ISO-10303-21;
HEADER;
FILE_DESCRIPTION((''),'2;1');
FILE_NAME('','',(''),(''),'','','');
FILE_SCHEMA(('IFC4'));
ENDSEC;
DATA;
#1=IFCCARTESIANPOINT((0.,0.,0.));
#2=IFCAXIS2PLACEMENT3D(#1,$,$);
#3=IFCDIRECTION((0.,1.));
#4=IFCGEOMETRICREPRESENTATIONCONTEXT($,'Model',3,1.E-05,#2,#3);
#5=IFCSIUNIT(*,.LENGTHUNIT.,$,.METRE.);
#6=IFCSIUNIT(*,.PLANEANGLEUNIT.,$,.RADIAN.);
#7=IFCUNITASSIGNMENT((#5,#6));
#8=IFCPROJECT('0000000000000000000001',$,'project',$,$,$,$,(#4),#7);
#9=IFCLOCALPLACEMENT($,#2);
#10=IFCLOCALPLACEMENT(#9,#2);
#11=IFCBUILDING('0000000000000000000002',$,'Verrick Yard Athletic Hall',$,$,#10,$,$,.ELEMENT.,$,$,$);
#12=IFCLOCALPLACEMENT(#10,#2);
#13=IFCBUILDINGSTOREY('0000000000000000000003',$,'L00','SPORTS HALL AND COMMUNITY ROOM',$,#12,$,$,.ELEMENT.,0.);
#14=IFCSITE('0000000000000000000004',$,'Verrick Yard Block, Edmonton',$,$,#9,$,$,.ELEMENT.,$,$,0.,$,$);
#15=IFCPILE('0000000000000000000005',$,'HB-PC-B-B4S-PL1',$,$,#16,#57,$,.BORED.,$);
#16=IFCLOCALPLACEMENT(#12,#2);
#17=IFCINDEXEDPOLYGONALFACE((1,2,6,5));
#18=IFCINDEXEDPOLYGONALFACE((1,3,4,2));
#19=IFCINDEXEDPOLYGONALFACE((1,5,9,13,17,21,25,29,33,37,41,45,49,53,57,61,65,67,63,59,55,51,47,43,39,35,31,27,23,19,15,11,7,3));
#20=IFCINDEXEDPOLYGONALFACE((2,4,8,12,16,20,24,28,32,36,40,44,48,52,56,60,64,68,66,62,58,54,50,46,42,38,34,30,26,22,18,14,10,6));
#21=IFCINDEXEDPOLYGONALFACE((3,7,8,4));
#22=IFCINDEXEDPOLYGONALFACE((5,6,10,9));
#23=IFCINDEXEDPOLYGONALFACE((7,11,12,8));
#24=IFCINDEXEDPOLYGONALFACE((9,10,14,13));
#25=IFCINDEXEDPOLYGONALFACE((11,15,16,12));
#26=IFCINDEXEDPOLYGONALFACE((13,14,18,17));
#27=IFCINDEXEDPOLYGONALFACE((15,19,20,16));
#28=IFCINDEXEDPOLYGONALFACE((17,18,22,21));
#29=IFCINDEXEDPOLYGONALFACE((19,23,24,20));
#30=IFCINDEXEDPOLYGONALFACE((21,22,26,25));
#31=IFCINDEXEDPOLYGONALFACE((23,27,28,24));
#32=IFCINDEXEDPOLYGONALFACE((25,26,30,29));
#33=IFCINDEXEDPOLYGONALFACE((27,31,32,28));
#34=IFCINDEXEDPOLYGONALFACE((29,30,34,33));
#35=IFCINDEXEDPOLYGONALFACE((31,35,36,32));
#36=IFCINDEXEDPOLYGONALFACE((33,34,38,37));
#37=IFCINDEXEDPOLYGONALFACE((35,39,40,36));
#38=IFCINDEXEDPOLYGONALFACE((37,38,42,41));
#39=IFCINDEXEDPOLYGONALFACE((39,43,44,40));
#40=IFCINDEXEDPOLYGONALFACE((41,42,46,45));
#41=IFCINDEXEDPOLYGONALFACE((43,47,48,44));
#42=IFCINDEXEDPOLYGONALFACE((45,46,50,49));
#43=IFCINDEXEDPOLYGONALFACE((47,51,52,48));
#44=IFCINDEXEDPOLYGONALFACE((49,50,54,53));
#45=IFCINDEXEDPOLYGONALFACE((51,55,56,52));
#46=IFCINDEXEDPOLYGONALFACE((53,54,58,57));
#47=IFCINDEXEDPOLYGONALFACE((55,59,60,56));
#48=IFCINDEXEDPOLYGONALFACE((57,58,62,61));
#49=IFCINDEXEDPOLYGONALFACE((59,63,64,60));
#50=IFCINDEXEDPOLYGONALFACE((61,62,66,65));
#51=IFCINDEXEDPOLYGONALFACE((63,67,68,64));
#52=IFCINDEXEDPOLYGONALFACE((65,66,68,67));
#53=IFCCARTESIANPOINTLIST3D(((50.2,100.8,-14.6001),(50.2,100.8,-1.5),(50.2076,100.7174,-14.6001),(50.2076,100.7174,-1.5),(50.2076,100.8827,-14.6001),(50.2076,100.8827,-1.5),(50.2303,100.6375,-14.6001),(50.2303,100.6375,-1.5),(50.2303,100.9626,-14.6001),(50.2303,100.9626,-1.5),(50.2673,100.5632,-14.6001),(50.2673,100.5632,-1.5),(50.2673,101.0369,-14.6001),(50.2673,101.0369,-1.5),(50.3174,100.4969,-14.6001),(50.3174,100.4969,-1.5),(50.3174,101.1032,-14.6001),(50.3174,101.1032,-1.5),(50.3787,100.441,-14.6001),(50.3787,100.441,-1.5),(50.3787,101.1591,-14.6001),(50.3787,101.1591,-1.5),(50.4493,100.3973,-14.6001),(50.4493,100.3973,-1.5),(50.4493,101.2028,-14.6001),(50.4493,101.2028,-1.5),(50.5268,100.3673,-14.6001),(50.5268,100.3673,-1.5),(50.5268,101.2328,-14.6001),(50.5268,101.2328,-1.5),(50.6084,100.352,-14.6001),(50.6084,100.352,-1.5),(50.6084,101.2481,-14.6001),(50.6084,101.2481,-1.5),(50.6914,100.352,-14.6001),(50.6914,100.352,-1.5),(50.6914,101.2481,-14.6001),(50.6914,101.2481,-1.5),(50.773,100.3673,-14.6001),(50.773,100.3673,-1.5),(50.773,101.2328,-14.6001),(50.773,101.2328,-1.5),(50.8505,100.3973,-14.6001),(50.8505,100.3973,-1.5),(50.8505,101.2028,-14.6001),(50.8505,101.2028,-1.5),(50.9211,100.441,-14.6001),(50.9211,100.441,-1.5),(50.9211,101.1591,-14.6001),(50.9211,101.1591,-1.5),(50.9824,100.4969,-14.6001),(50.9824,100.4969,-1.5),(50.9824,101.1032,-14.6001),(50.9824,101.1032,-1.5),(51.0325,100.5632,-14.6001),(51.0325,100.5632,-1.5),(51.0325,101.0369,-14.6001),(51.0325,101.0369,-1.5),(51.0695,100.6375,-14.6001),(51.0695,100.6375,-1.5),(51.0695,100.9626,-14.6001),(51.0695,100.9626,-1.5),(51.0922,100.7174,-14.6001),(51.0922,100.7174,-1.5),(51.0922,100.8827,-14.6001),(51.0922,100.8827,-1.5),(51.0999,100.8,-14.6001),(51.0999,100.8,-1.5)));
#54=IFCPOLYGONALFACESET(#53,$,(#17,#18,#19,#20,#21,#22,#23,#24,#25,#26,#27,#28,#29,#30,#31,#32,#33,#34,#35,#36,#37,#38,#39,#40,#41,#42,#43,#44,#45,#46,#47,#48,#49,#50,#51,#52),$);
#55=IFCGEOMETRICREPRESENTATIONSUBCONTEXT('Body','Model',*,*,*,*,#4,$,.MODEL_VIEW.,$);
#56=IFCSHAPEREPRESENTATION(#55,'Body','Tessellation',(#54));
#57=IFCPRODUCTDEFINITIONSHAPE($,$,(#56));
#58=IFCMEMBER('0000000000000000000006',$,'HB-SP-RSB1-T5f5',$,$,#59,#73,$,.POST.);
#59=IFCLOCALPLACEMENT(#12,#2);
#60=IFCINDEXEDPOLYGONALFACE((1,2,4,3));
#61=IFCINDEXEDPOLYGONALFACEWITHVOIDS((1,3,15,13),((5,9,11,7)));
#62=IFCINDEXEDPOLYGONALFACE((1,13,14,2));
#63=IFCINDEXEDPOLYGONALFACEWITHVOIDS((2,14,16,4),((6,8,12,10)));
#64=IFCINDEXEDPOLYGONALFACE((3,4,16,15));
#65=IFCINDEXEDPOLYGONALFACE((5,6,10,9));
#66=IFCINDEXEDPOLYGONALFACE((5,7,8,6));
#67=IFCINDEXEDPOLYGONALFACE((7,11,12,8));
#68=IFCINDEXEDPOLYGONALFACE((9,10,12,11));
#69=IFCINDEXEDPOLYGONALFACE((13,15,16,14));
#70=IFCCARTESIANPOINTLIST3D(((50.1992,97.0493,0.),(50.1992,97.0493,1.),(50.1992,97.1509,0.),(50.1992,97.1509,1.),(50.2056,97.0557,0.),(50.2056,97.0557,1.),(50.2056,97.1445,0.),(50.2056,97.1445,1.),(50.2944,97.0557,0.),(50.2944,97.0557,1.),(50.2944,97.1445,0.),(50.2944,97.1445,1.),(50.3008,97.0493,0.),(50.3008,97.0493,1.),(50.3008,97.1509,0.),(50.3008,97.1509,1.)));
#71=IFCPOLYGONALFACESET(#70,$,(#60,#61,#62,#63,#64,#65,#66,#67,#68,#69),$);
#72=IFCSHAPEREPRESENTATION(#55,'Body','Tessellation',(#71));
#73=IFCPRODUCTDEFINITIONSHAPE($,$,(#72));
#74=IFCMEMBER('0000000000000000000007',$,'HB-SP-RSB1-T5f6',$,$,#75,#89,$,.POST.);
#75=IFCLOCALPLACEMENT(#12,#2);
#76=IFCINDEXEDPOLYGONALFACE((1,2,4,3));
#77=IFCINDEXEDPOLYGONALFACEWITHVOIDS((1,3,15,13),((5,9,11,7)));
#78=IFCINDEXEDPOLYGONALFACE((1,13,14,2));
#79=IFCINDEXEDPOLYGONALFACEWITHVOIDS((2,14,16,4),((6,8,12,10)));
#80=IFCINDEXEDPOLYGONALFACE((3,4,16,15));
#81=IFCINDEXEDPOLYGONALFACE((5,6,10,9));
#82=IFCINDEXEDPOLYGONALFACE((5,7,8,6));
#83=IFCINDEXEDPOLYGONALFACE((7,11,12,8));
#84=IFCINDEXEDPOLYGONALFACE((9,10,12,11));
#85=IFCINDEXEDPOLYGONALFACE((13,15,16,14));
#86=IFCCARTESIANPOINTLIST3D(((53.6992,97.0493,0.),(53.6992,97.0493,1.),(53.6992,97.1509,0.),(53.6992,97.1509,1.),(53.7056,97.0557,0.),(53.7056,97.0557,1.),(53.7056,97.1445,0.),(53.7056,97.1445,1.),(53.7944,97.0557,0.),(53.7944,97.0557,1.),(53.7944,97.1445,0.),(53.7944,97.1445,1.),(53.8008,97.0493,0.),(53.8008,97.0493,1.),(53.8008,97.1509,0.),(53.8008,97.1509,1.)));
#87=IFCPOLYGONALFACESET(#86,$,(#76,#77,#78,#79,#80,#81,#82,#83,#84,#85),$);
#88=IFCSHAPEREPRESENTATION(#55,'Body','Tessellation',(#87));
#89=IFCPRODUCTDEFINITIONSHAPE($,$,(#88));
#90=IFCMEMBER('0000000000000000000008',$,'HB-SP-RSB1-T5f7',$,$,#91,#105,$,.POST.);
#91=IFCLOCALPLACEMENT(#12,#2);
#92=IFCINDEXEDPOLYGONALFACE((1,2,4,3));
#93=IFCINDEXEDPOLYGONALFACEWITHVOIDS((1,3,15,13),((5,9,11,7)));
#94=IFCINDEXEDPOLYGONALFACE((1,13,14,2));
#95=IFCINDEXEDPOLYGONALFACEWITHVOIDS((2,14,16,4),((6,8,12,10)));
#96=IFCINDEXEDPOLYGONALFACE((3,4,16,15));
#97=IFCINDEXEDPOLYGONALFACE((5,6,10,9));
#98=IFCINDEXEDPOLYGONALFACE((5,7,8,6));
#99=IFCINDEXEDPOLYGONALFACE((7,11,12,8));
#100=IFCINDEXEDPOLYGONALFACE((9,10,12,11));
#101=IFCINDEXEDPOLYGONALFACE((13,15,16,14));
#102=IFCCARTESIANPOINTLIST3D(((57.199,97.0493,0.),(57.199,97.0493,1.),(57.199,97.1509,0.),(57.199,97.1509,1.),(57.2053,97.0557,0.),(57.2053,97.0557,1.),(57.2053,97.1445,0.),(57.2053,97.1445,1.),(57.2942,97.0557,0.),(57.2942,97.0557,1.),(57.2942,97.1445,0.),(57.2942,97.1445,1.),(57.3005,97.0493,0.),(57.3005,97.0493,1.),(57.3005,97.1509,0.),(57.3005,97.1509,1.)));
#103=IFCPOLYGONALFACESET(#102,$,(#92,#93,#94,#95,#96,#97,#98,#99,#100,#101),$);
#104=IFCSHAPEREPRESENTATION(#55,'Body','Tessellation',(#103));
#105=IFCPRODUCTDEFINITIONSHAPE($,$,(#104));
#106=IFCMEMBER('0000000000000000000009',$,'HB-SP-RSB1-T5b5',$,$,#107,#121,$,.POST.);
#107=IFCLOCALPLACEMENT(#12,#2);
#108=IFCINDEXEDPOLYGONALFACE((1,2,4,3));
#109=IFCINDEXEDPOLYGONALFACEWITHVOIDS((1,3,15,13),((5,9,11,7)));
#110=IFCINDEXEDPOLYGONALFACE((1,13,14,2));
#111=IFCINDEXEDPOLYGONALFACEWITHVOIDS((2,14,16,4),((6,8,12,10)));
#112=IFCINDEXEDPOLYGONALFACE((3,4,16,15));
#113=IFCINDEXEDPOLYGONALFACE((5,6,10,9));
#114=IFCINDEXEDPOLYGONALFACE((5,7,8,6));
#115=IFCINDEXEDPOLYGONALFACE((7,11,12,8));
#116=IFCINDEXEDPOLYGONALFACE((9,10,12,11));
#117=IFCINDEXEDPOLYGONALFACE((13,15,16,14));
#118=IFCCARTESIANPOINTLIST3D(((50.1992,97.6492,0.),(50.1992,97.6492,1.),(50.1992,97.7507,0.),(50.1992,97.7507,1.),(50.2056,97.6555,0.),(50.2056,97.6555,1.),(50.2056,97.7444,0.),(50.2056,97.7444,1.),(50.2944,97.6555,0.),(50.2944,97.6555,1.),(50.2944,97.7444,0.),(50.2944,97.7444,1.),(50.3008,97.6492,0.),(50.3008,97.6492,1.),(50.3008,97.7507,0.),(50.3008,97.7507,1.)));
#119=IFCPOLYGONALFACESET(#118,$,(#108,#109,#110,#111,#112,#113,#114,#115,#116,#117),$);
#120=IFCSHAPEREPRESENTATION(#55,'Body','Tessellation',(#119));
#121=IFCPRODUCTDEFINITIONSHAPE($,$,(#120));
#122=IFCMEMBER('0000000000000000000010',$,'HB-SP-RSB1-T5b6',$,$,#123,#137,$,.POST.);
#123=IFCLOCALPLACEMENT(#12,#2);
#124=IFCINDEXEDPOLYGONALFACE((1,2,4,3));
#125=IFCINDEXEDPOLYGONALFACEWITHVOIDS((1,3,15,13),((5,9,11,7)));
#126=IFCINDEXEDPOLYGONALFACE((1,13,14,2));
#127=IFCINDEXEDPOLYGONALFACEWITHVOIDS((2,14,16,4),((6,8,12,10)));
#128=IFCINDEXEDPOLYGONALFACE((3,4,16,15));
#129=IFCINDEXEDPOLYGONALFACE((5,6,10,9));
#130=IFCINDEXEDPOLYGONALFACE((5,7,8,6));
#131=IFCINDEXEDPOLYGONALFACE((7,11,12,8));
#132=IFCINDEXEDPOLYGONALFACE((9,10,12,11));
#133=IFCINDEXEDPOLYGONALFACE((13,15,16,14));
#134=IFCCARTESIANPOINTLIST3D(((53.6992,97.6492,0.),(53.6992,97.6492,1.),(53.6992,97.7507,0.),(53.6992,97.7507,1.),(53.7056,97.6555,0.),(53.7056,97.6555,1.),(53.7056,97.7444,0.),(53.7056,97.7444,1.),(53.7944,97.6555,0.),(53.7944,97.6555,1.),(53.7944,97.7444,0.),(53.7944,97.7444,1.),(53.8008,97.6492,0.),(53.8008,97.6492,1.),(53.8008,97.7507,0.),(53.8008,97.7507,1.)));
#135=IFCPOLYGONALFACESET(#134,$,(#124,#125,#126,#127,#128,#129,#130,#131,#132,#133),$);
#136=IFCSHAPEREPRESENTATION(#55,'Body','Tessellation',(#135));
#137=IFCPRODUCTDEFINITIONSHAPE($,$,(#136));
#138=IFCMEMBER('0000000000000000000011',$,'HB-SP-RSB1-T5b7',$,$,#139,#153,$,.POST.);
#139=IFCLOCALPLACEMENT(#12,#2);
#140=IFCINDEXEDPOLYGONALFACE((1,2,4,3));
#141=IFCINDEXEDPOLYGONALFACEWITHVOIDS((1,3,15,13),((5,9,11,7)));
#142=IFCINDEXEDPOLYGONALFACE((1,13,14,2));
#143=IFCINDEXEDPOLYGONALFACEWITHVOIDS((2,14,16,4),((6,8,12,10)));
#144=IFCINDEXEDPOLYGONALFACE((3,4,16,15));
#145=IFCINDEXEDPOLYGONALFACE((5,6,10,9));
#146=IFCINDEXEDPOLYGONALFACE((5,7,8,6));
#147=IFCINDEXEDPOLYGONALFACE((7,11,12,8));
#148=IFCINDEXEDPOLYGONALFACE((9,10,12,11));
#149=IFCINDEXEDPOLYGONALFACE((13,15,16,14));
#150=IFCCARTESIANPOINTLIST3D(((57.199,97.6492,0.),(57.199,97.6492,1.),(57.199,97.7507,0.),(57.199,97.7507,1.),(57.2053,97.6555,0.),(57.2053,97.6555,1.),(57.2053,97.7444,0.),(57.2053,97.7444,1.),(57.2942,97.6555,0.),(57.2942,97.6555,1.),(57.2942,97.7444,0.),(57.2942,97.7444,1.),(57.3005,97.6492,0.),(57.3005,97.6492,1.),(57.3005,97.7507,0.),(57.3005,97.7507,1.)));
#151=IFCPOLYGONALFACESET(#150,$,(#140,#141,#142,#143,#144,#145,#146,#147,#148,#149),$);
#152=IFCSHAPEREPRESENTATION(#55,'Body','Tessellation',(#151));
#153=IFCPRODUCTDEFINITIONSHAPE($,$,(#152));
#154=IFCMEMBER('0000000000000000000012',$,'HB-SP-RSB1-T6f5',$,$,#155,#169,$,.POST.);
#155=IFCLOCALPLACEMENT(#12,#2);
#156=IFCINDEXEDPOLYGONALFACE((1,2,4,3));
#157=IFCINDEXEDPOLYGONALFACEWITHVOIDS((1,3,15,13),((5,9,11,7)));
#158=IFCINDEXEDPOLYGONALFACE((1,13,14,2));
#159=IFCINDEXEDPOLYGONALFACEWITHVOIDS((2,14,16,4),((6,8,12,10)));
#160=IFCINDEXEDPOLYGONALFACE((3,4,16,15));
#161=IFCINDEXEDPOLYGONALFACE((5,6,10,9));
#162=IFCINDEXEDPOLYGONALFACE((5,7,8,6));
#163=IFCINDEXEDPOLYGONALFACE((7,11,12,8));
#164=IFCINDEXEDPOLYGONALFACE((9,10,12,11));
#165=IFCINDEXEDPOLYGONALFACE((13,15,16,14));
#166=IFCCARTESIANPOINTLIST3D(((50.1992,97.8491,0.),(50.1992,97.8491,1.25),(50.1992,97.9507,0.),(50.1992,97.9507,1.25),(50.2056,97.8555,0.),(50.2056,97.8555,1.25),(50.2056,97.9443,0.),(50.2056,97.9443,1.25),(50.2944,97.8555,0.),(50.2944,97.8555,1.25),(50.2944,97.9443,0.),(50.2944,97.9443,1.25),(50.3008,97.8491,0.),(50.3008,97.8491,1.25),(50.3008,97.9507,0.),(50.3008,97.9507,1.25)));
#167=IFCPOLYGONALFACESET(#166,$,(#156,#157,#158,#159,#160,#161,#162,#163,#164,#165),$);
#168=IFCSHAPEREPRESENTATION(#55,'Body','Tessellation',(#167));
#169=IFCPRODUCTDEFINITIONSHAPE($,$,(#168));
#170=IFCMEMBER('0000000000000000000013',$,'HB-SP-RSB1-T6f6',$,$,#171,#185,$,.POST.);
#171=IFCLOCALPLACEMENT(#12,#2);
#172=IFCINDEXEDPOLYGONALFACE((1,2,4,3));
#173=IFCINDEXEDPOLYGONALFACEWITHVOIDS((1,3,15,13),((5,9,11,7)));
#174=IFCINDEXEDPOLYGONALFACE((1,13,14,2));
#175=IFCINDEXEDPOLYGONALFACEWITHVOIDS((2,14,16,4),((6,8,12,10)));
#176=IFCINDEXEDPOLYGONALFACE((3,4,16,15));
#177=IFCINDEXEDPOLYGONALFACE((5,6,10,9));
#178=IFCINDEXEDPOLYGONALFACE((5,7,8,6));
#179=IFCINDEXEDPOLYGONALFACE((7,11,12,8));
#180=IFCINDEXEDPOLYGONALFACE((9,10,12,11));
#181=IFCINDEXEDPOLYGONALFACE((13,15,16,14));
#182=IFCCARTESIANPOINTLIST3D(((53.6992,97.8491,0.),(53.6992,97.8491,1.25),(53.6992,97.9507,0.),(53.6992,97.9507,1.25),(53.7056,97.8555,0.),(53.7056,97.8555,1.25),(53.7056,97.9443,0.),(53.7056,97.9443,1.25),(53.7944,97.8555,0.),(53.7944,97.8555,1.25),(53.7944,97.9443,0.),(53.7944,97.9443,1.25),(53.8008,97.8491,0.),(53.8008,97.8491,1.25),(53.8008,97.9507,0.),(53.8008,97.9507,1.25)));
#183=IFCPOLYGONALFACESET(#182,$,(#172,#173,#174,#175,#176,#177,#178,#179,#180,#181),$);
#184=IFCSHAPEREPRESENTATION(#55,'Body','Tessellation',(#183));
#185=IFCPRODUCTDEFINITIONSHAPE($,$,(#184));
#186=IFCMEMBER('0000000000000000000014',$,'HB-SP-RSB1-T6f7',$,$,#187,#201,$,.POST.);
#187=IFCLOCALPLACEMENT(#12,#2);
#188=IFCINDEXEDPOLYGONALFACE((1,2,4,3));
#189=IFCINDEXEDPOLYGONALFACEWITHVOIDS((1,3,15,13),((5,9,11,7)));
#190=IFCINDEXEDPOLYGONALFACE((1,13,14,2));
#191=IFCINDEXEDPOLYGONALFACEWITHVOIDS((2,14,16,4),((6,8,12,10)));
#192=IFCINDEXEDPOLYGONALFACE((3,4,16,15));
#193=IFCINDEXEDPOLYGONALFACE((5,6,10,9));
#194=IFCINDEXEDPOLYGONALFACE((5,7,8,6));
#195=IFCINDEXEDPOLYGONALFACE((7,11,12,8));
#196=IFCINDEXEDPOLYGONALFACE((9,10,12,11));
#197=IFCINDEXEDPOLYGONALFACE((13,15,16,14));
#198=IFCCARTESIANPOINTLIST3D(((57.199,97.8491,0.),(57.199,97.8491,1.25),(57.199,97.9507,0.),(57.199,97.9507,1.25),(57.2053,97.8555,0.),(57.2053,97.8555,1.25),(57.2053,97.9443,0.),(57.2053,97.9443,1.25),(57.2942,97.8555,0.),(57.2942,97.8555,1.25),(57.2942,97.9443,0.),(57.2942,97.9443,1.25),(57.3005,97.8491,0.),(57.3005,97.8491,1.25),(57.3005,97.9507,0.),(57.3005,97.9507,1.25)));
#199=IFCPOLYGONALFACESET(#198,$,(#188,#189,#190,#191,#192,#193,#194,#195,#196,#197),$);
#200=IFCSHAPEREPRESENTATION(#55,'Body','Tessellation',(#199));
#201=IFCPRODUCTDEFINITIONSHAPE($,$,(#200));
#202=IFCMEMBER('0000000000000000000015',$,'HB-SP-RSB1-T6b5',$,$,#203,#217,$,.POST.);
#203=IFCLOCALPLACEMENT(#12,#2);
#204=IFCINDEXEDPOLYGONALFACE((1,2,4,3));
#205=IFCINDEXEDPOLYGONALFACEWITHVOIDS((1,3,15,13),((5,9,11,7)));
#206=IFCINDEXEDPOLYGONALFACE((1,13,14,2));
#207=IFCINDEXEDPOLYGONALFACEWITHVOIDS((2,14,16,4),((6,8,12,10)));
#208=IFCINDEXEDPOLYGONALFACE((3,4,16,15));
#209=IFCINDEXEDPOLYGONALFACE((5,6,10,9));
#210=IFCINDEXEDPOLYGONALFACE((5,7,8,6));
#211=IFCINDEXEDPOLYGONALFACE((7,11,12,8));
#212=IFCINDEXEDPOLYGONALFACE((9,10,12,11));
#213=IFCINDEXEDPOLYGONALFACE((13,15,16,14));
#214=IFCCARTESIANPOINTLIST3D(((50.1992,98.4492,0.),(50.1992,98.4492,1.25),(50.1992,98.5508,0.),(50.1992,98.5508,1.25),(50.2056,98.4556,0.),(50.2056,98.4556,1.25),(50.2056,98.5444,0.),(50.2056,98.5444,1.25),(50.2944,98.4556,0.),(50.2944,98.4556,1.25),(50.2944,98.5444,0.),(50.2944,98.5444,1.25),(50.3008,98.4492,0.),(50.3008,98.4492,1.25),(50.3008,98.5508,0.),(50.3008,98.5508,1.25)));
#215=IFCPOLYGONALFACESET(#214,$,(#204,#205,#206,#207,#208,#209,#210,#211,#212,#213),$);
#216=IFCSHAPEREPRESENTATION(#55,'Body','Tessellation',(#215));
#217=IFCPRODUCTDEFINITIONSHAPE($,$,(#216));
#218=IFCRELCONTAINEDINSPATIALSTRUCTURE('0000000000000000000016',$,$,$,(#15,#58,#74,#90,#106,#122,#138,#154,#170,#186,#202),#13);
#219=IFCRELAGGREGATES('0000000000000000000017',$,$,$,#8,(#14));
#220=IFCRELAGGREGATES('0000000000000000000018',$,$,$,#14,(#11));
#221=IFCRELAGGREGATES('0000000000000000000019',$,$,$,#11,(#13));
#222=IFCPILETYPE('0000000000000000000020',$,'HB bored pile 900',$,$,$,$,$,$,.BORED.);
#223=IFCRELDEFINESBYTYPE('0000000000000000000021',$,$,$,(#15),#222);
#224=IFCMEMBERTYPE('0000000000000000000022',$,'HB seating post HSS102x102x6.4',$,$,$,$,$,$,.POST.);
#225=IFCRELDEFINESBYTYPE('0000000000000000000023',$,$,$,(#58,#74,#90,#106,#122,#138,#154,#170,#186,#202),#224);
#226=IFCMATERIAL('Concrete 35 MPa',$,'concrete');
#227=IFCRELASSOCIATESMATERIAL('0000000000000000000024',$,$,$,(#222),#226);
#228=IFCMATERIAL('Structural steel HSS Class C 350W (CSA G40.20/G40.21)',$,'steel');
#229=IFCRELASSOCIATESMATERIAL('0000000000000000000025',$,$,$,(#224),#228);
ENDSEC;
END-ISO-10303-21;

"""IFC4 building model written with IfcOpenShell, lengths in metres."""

from ifc_helpers import new_model, si_unit, direction, frame, origin, origin_2d, place, context, subcontext, project, spatial, hollow_rectangle, circle, extrude, material, material_profile, profile_set, type_object, element, save


model = new_model("IFC4")

# Units and contexts
model_context = context("Model", 3, precision=1e-05, world=origin(), true_north=direction((0.0, 1.0)))
body_context = subcontext(model_context, "Body", "Model", "MODEL_VIEW")
ifc_project = project(units=[si_unit("LENGTHUNIT", "METRE"), si_unit("PLANEANGLEUNIT", "RADIAN")], contexts=[model_context])

# Site, building, storey
site_placement = place(None, origin())
site = spatial("IfcSite", under=ifc_project, at=site_placement, Name="Verrick Yard Block, Edmonton", CompositionType="ELEMENT", RefElevation=0.0)
building_placement = place(site_placement, origin())
building = spatial("IfcBuilding", under=site, at=building_placement, Name="Verrick Yard Athletic Hall", CompositionType="ELEMENT")
storey_placement = place(building_placement, origin())
storey = spatial("IfcBuildingStorey", under=building, at=storey_placement, Name="L00", Description="SPORTS HALL AND COMMUNITY ROOM", CompositionType="ELEMENT", Elevation=0.0)

# Pile
ifc_material_1 = material(Name="Concrete 35 MPa", Category="concrete")
ifc_material_profile_1 = material_profile(ifc_material_1, circle(Radius=0.45, at=origin_2d()), Name="Bored pile 900")
ifc_profile_set_1 = profile_set([ifc_material_profile_1], Name="Concrete 35 MPa")
pile_type = type_object("IfcPileType", Name="HB bored pile 900", PredefinedType="BORED", material=ifc_profile_set_1)
pile_placement = place(storey_placement, frame((50.6499, 100.8, -1.5), z_axis=(0.0, 0.0, -1.0), x_axis=(1.0, 0.0, 0.0)))
element("IfcPile", 1, at=pile_placement, inside=storey, type_object=pile_type, Name="HB-PC-B-B4S-PL1", PredefinedType="BORED", context=body_context, shape_type="SweptSolid", body=[
    extrude(circle(Radius=0.45, at=origin_2d()), origin(), (0.0, 0.0, 1.0), 13.1001),
])

# Members
ifc_material_2 = material(Name="Structural steel HSS Class C 350W (CSA G40.20/G40.21)", Category="steel")
ifc_material_profile_2 = material_profile(ifc_material_2, hollow_rectangle(XDim=0.1016, YDim=0.1016, WallThickness=0.0063, at=origin_2d()), Name="HSS102x102x6.4")
ifc_profile_set_2 = profile_set([ifc_material_profile_2], Name="Structural steel HSS Class C 350W (CSA G40.20/G40.21)")
member_type = type_object("IfcMemberType", Name="HB seating post HSS102x102x6.4", PredefinedType="POST", material=ifc_profile_set_2)
for number, where, z_axis, x_axis, name in (
    (2, (50.25, 97.1001, 0.0), (0.0, 0.0, 1.0), (0.0, 1.0, 0.0), "HB-SP-RSB1-T5f5"),
    (3, (53.75, 97.1001, 0.0), (0.0, 0.0, 1.0), (0.0, 1.0, 0.0), "HB-SP-RSB1-T5f6"),
    (4, (57.2498, 97.1001, 0.0), (0.0, 0.0, 1.0), (0.0, 1.0, 0.0), "HB-SP-RSB1-T5f7"),
    (5, (50.25, 97.7, 0.0), (0.0, 0.0, 1.0), (0.0, 1.0, 0.0), "HB-SP-RSB1-T5b5"),
    (6, (53.75, 97.7, 0.0), (0.0, 0.0, 1.0), (0.0, 1.0, 0.0), "HB-SP-RSB1-T5b6"),
    (7, (57.2498, 97.7, 0.0), (0.0, 0.0, 1.0), (0.0, 1.0, 0.0), "HB-SP-RSB1-T5b7"),
):
    element("IfcMember", number, at=place(storey_placement, frame(where, z_axis=z_axis, x_axis=x_axis)), inside=storey, type_object=member_type, Name=name, PredefinedType="POST", context=body_context, shape_type="SweptSolid", body=[
        extrude(hollow_rectangle(XDim=0.1016, YDim=0.1016, WallThickness=0.0063, at=origin_2d()), origin(), (0.0, 0.0, 1.0), 1.0),
    ])
for number, where, z_axis, x_axis, name in (
    (8, (50.25, 97.8999, 0.0), (0.0, 0.0, 1.0), (0.0, 1.0, 0.0), "HB-SP-RSB1-T6f5"),
    (9, (53.75, 97.8999, 0.0), (0.0, 0.0, 1.0), (0.0, 1.0, 0.0), "HB-SP-RSB1-T6f6"),
    (10, (57.2498, 97.8999, 0.0), (0.0, 0.0, 1.0), (0.0, 1.0, 0.0), "HB-SP-RSB1-T6f7"),
    (11, (50.25, 98.5, 0.0), (0.0, 0.0, 1.0), (0.0, 1.0, 0.0), "HB-SP-RSB1-T6b5"),
):
    element("IfcMember", number, at=place(storey_placement, frame(where, z_axis=z_axis, x_axis=x_axis)), inside=storey, type_object=member_type, Name=name, PredefinedType="POST", context=body_context, shape_type="SweptSolid", body=[
        extrude(hollow_rectangle(XDim=0.1016, YDim=0.1016, WallThickness=0.0063, at=origin_2d()), origin(), (0.0, 0.0, 1.0), 1.25),
    ])

save(model, "model.ifc")
